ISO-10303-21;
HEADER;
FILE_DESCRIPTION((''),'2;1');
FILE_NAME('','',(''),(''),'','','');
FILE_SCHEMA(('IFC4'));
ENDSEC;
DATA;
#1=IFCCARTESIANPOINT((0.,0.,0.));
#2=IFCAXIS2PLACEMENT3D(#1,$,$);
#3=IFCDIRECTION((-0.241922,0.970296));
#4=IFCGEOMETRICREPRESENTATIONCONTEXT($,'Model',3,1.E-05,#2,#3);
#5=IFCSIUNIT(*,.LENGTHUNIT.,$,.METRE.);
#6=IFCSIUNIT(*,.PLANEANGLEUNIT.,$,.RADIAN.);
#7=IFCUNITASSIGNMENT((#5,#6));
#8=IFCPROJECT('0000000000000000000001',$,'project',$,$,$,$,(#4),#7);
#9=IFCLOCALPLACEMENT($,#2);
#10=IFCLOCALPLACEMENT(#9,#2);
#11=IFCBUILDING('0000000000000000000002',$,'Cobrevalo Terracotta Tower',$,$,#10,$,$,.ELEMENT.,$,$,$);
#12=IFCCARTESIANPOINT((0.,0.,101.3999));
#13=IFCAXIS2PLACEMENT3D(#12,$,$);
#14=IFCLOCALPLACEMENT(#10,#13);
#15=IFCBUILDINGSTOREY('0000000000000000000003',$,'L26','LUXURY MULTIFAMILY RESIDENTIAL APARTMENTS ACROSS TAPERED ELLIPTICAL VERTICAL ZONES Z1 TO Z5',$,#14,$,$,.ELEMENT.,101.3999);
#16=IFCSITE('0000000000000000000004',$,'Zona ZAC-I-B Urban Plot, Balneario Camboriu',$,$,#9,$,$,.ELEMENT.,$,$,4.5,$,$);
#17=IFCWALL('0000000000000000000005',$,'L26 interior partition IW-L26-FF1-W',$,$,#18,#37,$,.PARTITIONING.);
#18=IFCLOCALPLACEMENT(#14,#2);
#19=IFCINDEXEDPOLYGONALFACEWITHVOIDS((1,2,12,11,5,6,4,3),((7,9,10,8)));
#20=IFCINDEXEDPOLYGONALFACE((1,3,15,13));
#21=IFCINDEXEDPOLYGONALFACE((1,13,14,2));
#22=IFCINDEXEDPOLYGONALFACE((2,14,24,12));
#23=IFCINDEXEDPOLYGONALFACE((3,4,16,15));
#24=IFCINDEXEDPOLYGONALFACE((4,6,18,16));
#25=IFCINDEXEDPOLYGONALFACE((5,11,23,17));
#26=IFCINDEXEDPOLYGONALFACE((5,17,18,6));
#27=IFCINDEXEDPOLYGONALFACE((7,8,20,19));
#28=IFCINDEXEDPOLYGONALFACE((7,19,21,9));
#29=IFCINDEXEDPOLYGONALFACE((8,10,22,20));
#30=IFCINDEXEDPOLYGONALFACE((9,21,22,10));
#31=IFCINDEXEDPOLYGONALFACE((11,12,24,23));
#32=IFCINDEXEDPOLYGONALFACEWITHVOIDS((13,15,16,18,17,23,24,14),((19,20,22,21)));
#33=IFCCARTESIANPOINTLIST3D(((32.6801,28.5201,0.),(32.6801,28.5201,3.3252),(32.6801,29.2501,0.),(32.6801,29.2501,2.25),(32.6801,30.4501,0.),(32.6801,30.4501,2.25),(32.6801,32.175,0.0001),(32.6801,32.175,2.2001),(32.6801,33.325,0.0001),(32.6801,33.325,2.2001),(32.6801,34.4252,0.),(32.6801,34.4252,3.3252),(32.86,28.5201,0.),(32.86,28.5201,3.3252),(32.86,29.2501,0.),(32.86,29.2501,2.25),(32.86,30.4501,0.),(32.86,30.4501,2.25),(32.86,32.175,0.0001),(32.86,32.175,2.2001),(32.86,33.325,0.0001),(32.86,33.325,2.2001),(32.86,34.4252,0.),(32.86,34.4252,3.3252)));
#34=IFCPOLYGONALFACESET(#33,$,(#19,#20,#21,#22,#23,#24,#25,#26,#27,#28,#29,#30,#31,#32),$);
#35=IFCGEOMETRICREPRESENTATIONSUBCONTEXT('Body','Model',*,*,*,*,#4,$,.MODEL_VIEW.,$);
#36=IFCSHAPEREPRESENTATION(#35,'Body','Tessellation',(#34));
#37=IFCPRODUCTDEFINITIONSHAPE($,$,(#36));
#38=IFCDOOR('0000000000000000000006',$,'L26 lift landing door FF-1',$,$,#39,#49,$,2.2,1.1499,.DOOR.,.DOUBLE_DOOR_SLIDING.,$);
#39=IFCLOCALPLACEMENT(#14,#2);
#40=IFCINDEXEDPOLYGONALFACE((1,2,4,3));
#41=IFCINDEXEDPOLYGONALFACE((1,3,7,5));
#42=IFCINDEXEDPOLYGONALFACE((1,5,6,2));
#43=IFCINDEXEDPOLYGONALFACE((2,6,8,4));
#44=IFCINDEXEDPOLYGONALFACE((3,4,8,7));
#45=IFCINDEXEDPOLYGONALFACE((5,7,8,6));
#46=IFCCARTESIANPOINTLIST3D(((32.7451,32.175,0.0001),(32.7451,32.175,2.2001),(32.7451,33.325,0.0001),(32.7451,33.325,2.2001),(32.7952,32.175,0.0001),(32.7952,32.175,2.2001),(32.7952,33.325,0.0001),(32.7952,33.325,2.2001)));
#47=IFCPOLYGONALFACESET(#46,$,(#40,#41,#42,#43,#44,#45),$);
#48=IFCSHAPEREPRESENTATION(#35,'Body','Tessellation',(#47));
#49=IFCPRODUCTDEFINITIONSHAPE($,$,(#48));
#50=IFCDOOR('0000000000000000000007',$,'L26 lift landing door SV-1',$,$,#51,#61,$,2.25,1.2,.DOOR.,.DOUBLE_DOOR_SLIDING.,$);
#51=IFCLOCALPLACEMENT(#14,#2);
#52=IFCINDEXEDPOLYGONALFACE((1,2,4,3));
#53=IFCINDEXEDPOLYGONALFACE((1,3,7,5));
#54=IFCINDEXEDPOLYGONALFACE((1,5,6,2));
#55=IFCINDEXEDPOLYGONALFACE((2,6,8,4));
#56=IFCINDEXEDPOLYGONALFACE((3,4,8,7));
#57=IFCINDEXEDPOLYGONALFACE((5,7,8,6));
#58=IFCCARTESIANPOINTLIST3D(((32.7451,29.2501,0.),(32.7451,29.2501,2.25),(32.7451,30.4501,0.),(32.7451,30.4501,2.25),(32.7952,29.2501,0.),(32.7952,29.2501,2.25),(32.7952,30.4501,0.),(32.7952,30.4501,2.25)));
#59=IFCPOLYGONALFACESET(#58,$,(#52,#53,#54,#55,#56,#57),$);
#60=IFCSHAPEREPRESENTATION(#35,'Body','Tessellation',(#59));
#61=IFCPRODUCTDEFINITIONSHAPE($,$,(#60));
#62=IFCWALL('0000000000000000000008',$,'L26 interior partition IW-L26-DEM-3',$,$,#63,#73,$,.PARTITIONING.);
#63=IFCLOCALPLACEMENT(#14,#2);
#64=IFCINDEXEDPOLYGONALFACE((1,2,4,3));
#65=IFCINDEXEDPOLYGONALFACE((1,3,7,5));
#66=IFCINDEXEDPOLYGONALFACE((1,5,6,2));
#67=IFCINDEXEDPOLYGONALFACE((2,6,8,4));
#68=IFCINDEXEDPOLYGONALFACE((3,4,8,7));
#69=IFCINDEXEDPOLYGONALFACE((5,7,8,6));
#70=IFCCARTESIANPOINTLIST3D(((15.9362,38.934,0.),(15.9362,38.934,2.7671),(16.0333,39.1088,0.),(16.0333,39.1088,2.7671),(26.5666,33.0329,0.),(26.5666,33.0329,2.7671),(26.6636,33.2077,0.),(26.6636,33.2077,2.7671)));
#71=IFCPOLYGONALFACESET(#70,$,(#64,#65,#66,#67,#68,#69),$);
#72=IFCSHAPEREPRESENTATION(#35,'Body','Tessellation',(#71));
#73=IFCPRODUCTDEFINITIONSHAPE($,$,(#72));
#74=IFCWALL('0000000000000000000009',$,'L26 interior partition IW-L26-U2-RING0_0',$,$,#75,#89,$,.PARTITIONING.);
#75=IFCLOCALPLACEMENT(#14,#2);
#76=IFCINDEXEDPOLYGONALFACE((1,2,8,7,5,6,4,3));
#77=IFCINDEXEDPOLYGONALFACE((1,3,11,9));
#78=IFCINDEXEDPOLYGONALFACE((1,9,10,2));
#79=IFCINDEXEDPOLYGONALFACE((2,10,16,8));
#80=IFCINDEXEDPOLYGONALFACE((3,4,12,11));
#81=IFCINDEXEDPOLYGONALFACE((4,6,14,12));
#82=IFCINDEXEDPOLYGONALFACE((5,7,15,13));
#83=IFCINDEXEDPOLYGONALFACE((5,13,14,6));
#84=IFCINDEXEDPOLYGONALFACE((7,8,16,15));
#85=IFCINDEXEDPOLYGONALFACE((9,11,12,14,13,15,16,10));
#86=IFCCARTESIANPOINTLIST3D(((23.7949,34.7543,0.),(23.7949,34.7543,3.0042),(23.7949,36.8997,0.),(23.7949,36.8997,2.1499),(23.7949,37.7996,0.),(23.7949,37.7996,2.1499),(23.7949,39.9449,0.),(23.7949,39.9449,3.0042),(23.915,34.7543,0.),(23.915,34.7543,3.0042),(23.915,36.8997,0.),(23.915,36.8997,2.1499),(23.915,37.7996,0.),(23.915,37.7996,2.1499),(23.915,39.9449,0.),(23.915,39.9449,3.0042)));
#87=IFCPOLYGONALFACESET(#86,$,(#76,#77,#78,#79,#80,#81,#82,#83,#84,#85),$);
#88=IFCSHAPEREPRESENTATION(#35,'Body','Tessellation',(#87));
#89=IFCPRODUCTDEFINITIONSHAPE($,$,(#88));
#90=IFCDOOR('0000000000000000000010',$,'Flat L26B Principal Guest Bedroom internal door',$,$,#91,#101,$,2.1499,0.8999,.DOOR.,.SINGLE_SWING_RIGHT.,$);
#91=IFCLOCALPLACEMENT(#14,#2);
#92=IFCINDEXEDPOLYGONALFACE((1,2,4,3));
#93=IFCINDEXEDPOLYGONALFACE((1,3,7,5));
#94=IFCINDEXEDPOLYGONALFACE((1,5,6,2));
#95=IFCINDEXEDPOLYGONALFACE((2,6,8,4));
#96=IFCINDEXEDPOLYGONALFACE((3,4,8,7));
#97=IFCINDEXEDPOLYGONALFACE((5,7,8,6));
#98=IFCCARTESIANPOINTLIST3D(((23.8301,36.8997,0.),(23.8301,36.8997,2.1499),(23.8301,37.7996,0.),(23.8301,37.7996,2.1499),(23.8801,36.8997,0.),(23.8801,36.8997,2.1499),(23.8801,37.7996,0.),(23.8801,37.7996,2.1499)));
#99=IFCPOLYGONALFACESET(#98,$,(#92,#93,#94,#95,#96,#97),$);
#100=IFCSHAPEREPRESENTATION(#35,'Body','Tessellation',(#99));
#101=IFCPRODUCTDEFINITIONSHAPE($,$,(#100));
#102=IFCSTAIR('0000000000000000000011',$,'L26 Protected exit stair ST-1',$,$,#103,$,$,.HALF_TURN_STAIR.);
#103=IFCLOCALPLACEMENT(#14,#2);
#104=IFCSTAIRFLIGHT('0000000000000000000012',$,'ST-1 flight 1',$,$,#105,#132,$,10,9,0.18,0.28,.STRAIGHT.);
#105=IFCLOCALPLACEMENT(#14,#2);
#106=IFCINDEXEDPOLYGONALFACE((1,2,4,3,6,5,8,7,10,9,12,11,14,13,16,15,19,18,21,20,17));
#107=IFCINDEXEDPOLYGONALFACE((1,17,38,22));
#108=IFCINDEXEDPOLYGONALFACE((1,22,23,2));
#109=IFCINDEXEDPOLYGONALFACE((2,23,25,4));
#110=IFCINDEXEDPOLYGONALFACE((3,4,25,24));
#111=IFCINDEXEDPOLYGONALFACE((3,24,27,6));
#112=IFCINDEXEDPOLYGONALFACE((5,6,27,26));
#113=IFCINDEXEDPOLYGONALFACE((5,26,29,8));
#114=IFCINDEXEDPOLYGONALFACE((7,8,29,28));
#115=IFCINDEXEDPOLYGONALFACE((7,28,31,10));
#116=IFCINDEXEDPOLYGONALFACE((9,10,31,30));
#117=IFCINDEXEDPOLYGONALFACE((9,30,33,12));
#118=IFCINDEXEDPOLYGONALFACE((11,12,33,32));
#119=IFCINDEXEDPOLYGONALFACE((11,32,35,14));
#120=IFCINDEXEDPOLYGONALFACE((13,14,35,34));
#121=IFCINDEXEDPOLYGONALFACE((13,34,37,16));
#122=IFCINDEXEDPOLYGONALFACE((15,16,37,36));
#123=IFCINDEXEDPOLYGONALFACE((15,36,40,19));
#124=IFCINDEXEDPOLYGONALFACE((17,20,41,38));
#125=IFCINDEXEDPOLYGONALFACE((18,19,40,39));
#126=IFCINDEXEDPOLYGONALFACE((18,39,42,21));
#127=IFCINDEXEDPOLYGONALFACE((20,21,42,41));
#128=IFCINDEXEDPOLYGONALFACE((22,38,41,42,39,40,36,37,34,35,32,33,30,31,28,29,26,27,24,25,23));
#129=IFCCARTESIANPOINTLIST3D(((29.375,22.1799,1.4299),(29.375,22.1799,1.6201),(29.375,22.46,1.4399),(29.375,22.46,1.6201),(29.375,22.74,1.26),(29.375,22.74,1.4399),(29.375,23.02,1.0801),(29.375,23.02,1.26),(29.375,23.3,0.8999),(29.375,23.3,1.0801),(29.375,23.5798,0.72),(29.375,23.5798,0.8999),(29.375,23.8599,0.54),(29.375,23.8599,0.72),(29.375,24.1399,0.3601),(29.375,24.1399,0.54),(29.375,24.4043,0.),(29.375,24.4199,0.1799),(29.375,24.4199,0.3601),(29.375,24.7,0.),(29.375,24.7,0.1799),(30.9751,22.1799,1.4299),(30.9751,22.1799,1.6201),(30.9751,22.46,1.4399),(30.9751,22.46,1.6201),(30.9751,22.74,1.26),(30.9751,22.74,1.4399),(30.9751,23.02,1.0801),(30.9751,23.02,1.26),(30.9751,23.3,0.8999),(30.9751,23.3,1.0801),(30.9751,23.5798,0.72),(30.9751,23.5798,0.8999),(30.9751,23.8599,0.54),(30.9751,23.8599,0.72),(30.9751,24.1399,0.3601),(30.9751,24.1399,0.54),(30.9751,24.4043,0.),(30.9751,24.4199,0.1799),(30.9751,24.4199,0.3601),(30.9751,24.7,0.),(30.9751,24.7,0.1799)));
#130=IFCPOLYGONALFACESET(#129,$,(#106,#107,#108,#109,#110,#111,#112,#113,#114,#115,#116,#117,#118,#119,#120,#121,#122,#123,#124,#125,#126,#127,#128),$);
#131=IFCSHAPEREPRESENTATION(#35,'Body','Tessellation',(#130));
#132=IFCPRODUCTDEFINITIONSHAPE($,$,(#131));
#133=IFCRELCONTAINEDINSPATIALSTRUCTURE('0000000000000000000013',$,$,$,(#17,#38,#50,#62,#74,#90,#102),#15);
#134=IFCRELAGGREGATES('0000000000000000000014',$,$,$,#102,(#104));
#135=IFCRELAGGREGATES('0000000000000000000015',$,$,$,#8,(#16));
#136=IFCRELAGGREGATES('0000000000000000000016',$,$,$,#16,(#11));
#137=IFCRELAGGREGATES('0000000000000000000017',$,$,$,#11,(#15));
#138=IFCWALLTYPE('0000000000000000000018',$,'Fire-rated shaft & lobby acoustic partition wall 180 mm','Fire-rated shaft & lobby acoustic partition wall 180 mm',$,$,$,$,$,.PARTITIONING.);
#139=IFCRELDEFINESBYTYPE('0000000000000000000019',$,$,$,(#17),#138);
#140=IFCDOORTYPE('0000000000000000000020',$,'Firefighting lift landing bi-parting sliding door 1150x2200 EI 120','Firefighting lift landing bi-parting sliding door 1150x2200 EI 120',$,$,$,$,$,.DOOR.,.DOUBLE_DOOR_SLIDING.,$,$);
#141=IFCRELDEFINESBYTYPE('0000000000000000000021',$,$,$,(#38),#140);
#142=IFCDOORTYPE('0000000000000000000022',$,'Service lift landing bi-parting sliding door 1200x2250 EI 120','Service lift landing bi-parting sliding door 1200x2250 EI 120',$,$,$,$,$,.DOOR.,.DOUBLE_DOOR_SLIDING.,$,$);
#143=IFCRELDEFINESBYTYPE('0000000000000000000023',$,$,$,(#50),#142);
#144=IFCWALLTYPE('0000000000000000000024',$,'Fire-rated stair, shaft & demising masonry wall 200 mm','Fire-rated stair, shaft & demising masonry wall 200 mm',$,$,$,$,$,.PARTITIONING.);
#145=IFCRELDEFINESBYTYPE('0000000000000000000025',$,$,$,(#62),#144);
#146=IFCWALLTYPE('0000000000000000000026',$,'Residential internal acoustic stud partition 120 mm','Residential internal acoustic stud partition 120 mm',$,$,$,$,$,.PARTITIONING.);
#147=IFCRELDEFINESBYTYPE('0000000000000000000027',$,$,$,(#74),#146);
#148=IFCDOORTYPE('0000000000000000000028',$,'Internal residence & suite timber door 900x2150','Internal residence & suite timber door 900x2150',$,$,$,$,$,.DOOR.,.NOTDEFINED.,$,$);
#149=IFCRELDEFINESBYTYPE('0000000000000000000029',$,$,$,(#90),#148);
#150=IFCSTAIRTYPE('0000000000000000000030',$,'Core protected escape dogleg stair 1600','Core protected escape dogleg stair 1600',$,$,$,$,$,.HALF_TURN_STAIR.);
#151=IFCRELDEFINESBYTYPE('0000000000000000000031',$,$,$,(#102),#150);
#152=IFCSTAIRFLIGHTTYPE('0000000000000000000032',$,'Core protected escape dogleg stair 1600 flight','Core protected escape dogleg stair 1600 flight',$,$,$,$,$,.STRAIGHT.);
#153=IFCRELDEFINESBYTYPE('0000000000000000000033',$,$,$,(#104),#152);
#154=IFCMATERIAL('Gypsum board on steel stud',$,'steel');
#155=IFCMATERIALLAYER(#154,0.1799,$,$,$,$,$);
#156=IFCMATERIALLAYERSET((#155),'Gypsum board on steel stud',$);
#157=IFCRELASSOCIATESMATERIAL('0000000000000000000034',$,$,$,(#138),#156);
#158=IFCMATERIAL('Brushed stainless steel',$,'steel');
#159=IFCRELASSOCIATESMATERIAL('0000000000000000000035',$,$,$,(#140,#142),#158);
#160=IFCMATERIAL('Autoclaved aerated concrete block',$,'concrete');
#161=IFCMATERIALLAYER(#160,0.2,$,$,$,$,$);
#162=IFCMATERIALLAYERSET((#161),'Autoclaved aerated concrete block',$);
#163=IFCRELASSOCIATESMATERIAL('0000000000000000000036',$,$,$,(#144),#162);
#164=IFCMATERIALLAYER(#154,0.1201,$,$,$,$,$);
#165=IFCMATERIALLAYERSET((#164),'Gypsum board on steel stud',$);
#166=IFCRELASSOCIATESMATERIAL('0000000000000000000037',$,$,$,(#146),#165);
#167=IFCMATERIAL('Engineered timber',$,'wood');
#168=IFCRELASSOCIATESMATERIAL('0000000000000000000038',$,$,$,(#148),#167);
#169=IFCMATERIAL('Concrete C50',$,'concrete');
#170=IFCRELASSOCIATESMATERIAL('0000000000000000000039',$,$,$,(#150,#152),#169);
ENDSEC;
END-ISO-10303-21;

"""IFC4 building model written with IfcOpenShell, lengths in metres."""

from ifc_helpers import new_model, si_unit, direction, frame, frame_2d, origin, place, context, subcontext, project, spatial, polyline, rectangle, outline, extrude, source, transform, mapped, material, layer, layer_set, type_object, element, fill, aggregate, save


model = new_model("IFC4")

# Units and contexts
model_context = context("Model", 3, precision=1e-05, world=origin(), true_north=direction((-0.241922, 0.970296)))
body_context = subcontext(model_context, "Body", "Model", "MODEL_VIEW")
ifc_project = project(units=[si_unit("LENGTHUNIT", "METRE"), si_unit("PLANEANGLEUNIT", "RADIAN")], contexts=[model_context])

# Site, building, storey
site_placement = place(None, origin())
site = spatial("IfcSite", under=ifc_project, at=site_placement, Name="Zona ZAC-I-B Urban Plot, Balneario Camboriu", CompositionType="ELEMENT", RefElevation=4.5)
building_placement = place(site_placement, origin())
building = spatial("IfcBuilding", under=site, at=building_placement, Name="Cobrevalo Terracotta Tower", CompositionType="ELEMENT")
storey_placement = place(building_placement, frame((0.0, 0.0, 101.3999)))
storey = spatial("IfcBuildingStorey", under=building, at=storey_placement, Name="L26", Description="LUXURY MULTIFAMILY RESIDENTIAL APARTMENTS ACROSS TAPERED ELLIPTICAL VERTICAL ZONES Z1 TO Z5", CompositionType="ELEMENT", Elevation=101.3999)

# Shared definitions
ifc_material_1 = material(Name="Gypsum board on steel stud", Category="steel")

# Shared definitions
ifc_layer_1 = layer(ifc_material_1, 0.1799)
ifc_layer_set_1 = layer_set([ifc_layer_1], Name="Gypsum board on steel stud")
wall_type_1 = type_object("IfcWallType", Name="Fire-rated shaft & lobby acoustic partition wall 180 mm", Description="Fire-rated shaft & lobby acoustic partition wall 180 mm", PredefinedType="PARTITIONING", material=ifc_layer_set_1)

# Wall, openings, doors
wall_1_placement = place(storey_placement, frame((32.77, 28.52, 0.0), z_axis=(0.0, 0.0, 1.0), x_axis=(0.0, 1.0, 0.0)))
wall_1 = element("IfcWall", 1, at=wall_1_placement, inside=storey, type_object=wall_type_1, Name="L26 interior partition IW-L26-FF1-W", PredefinedType="PARTITIONING", context=body_context, shape_type="SweptSolid", body=[
    extrude(rectangle(XDim=5.905, YDim=0.1799, at=frame_2d((2.9526, 0.0))), origin(), (0.0, 0.0, 1.0), 3.3252),
])
opening_1_placement = place(wall_1_placement, frame((3.655, 0.0, 0.0)))
opening_1 = element("IfcOpeningElement", 2, at=opening_1_placement, cuts=wall_1, PredefinedType="OPENING", context=body_context, shape_type="SweptSolid", body=[
    extrude(rectangle(XDim=1.1499, YDim=2.2, at=frame_2d((0.575, 1.1001))), frame((0.0, 0.1001, 0.0), z_axis=(0.0, -1.0, 0.0), x_axis=(1.0, 0.0, 0.0)), (0.0, 0.0, 1.0), 0.2),
])
opening_2_placement = place(wall_1_placement, frame((0.73, 0.0, 0.0)))
opening_2 = element("IfcOpeningElement", 3, at=opening_2_placement, cuts=wall_1, PredefinedType="OPENING", context=body_context, shape_type="SweptSolid", body=[
    extrude(rectangle(XDim=1.2, YDim=2.25, at=frame_2d((0.6001, 1.125))), frame((0.0, 0.1001, 0.0), z_axis=(0.0, -1.0, 0.0), x_axis=(1.0, 0.0, 0.0)), (0.0, 0.0, 1.0), 0.2),
])
ifc_material_2 = material(Name="Brushed stainless steel", Category="steel")
door_type_1 = type_object("IfcDoorType", Name="Firefighting lift landing bi-parting sliding door 1150x2200 EI 120", Description="Firefighting lift landing bi-parting sliding door 1150x2200 EI 120", OperationType="DOUBLE_DOOR_SLIDING", PredefinedType="DOOR", material=ifc_material_2)
shared_shape_1 = source(origin(), body_context, "Body", "SweptSolid", [
    extrude(rectangle(XDim=1.1499, YDim=2.2, at=frame_2d((0.575, 1.1001))), frame((0.0, 0.0249, 0.0), z_axis=(0.0, -1.0, 0.0), x_axis=(1.0, 0.0, 0.0)), (0.0, 0.0, 1.0), 0.05),
])
door_1_placement = place(opening_1_placement, origin())
door_1 = element("IfcDoor", 4, at=door_1_placement, inside=storey, type_object=door_type_1, Name="L26 lift landing door FF-1", OperationType="DOUBLE_DOOR_SLIDING", OverallHeight=2.2, OverallWidth=1.1499, PredefinedType="DOOR", context=body_context, shape_type="MappedRepresentation", body=[
    mapped(shared_shape_1, transform((0.0, 0.0, 0.0), scale=1.0)),
])
fill(opening_1, door_1)
door_type_2 = type_object("IfcDoorType", Name="Service lift landing bi-parting sliding door 1200x2250 EI 120", Description="Service lift landing bi-parting sliding door 1200x2250 EI 120", OperationType="DOUBLE_DOOR_SLIDING", PredefinedType="DOOR", material=ifc_material_2)
shared_shape_2 = source(origin(), body_context, "Body", "SweptSolid", [
    extrude(rectangle(XDim=1.2, YDim=2.25, at=frame_2d((0.6001, 1.125))), frame((0.0, 0.0249, 0.0), z_axis=(0.0, -1.0, 0.0), x_axis=(1.0, 0.0, 0.0)), (0.0, 0.0, 1.0), 0.05),
])
door_2_placement = place(opening_2_placement, origin())
door_2 = element("IfcDoor", 5, at=door_2_placement, inside=storey, type_object=door_type_2, Name="L26 lift landing door SV-1", OperationType="DOUBLE_DOOR_SLIDING", OverallHeight=2.25, OverallWidth=1.2, PredefinedType="DOOR", context=body_context, shape_type="MappedRepresentation", body=[
    mapped(shared_shape_2, transform((0.0, 0.0, 0.0), scale=1.0)),
])
fill(opening_2, door_2)

# Wall
ifc_material_3 = material(Name="Autoclaved aerated concrete block", Category="concrete")
ifc_layer_2 = layer(ifc_material_3, 0.2)
ifc_layer_set_2 = layer_set([ifc_layer_2], Name="Autoclaved aerated concrete block")
wall_type_2 = type_object("IfcWallType", Name="Fire-rated stair, shaft & demising masonry wall 200 mm", Description="Fire-rated stair, shaft & demising masonry wall 200 mm", PredefinedType="PARTITIONING", material=ifc_layer_set_2)
wall_2_placement = place(storey_placement, frame((26.615, 33.1204, 0.0), z_axis=(0.0, 0.0, 1.0), x_axis=(-0.874319, 0.485351, 0.0)))
element("IfcWall", 6, at=wall_2_placement, inside=storey, type_object=wall_type_2, Name="L26 interior partition IW-L26-DEM-3", PredefinedType="PARTITIONING", context=body_context, shape_type="SweptSolid", body=[
    extrude(rectangle(XDim=12.1584, YDim=0.2, at=frame_2d((6.0791, 0.0))), origin(), (0.0, 0.0, 1.0), 2.7671),
])

# Wall, opening, door
ifc_layer_3 = layer(ifc_material_1, 0.1201)
ifc_layer_set_3 = layer_set([ifc_layer_3], Name="Gypsum board on steel stud")
wall_type_3 = type_object("IfcWallType", Name="Residential internal acoustic stud partition 120 mm", Description="Residential internal acoustic stud partition 120 mm", PredefinedType="PARTITIONING", material=ifc_layer_set_3)
wall_3_placement = place(storey_placement, frame((23.855, 34.7544, 0.0), z_axis=(0.0, 0.0, 1.0), x_axis=(0.0, 1.0, 0.0)))
wall_3 = element("IfcWall", 7, at=wall_3_placement, inside=storey, type_object=wall_type_3, Name="L26 interior partition IW-L26-U2-RING0_0", PredefinedType="PARTITIONING", context=body_context, shape_type="SweptSolid", body=[
    extrude(rectangle(XDim=5.1907, YDim=0.1201, at=frame_2d((2.5952, 0.0))), origin(), (0.0, 0.0, 1.0), 3.0042),
])
opening_3_placement = place(wall_3_placement, frame((2.1453, 0.0, 0.0)))
opening_3 = element("IfcOpeningElement", 8, at=opening_3_placement, cuts=wall_3, PredefinedType="OPENING", context=body_context, shape_type="SweptSolid", body=[
    extrude(rectangle(XDim=0.8999, YDim=2.1499, at=frame_2d((0.45, 1.075))), frame((0.0, 0.0701, 0.0), z_axis=(0.0, -1.0, 0.0), x_axis=(1.0, 0.0, 0.0)), (0.0, 0.0, 1.0), 0.1401),
])
ifc_material_4 = material(Name="Engineered timber", Category="wood")
door_type_3 = type_object("IfcDoorType", Name="Internal residence & suite timber door 900x2150", Description="Internal residence & suite timber door 900x2150", OperationType="NOTDEFINED", PredefinedType="DOOR", material=ifc_material_4)
shared_shape_3 = source(origin(), body_context, "Body", "SweptSolid", [
    extrude(rectangle(XDim=0.8999, YDim=2.1499, at=frame_2d((0.45, 1.075))), frame((0.0, 0.0249, 0.0), z_axis=(0.0, -1.0, 0.0), x_axis=(1.0, 0.0, 0.0)), (0.0, 0.0, 1.0), 0.05),
])
door_3_placement = place(opening_3_placement, origin())
door_3 = element("IfcDoor", 9, at=door_3_placement, inside=storey, type_object=door_type_3, Name="Flat L26B Principal Guest Bedroom internal door", OperationType="SINGLE_SWING_RIGHT", OverallHeight=2.1499, OverallWidth=0.8999, PredefinedType="DOOR", context=body_context, shape_type="MappedRepresentation", body=[
    mapped(shared_shape_3, transform((0.0, 0.0, 0.0), scale=1.0)),
])
fill(opening_3, door_3)
ifc_material_5 = material(Name="Concrete C50", Category="concrete")

# Stair, stair flight
stair_type = type_object("IfcStairType", Name="Core protected escape dogleg stair 1600", Description="Core protected escape dogleg stair 1600", PredefinedType="HALF_TURN_STAIR", material=ifc_material_5)
stair_placement = place(storey_placement, origin())
stair = element("IfcStair", 10, at=stair_placement, inside=storey, type_object=stair_type, Name="L26 Protected exit stair ST-1", PredefinedType="HALF_TURN_STAIR")
stair_flight_type = type_object("IfcStairFlightType", Name="Core protected escape dogleg stair 1600 flight", Description="Core protected escape dogleg stair 1600 flight", PredefinedType="STRAIGHT", material=ifc_material_5)
stair_flight_placement = place(storey_placement, frame((30.175, 24.7, 0.0), z_axis=(0.0, 0.0, 1.0), x_axis=(0.0, -1.0, 0.0)))
stair_flight = element("IfcStairFlight", 11, at=stair_flight_placement, type_object=stair_flight_type, Name="ST-1 flight 1", NumberOfRisers=10, NumberOfTreads=9, PredefinedType="STRAIGHT", RiserHeight=0.18, TreadLength=0.28, context=body_context, shape_type="SweptSolid", body=[
    extrude(outline(polyline([(0.0, 0.0), (0.0, 0.1799), (0.28, 0.1799), (0.28, 0.3601), (0.5601, 0.3601), (0.5601, 0.54), (0.8401, 0.54), (0.8401, 0.72), (1.1201, 0.72), (1.1201, 0.8999), (1.3999, 0.8999), (1.3999, 1.0801), (1.6799, 1.0801), (1.6799, 1.26), (1.96, 1.26), (1.96, 1.4399), (2.24, 1.4399), (2.24, 1.6201), (2.52, 1.6201), (2.52, 1.8), (2.52, 1.4299), (0.2957, 0.0), (0.0, 0.0)])), frame((0.0, 0.8, 0.0), z_axis=(0.0, -1.0, 0.0), x_axis=(1.0, 0.0, 0.0)), (0.0, 0.0, 1.0), 1.6001),
])
aggregate(stair, [stair_flight])

save(model, "model.ifc")
